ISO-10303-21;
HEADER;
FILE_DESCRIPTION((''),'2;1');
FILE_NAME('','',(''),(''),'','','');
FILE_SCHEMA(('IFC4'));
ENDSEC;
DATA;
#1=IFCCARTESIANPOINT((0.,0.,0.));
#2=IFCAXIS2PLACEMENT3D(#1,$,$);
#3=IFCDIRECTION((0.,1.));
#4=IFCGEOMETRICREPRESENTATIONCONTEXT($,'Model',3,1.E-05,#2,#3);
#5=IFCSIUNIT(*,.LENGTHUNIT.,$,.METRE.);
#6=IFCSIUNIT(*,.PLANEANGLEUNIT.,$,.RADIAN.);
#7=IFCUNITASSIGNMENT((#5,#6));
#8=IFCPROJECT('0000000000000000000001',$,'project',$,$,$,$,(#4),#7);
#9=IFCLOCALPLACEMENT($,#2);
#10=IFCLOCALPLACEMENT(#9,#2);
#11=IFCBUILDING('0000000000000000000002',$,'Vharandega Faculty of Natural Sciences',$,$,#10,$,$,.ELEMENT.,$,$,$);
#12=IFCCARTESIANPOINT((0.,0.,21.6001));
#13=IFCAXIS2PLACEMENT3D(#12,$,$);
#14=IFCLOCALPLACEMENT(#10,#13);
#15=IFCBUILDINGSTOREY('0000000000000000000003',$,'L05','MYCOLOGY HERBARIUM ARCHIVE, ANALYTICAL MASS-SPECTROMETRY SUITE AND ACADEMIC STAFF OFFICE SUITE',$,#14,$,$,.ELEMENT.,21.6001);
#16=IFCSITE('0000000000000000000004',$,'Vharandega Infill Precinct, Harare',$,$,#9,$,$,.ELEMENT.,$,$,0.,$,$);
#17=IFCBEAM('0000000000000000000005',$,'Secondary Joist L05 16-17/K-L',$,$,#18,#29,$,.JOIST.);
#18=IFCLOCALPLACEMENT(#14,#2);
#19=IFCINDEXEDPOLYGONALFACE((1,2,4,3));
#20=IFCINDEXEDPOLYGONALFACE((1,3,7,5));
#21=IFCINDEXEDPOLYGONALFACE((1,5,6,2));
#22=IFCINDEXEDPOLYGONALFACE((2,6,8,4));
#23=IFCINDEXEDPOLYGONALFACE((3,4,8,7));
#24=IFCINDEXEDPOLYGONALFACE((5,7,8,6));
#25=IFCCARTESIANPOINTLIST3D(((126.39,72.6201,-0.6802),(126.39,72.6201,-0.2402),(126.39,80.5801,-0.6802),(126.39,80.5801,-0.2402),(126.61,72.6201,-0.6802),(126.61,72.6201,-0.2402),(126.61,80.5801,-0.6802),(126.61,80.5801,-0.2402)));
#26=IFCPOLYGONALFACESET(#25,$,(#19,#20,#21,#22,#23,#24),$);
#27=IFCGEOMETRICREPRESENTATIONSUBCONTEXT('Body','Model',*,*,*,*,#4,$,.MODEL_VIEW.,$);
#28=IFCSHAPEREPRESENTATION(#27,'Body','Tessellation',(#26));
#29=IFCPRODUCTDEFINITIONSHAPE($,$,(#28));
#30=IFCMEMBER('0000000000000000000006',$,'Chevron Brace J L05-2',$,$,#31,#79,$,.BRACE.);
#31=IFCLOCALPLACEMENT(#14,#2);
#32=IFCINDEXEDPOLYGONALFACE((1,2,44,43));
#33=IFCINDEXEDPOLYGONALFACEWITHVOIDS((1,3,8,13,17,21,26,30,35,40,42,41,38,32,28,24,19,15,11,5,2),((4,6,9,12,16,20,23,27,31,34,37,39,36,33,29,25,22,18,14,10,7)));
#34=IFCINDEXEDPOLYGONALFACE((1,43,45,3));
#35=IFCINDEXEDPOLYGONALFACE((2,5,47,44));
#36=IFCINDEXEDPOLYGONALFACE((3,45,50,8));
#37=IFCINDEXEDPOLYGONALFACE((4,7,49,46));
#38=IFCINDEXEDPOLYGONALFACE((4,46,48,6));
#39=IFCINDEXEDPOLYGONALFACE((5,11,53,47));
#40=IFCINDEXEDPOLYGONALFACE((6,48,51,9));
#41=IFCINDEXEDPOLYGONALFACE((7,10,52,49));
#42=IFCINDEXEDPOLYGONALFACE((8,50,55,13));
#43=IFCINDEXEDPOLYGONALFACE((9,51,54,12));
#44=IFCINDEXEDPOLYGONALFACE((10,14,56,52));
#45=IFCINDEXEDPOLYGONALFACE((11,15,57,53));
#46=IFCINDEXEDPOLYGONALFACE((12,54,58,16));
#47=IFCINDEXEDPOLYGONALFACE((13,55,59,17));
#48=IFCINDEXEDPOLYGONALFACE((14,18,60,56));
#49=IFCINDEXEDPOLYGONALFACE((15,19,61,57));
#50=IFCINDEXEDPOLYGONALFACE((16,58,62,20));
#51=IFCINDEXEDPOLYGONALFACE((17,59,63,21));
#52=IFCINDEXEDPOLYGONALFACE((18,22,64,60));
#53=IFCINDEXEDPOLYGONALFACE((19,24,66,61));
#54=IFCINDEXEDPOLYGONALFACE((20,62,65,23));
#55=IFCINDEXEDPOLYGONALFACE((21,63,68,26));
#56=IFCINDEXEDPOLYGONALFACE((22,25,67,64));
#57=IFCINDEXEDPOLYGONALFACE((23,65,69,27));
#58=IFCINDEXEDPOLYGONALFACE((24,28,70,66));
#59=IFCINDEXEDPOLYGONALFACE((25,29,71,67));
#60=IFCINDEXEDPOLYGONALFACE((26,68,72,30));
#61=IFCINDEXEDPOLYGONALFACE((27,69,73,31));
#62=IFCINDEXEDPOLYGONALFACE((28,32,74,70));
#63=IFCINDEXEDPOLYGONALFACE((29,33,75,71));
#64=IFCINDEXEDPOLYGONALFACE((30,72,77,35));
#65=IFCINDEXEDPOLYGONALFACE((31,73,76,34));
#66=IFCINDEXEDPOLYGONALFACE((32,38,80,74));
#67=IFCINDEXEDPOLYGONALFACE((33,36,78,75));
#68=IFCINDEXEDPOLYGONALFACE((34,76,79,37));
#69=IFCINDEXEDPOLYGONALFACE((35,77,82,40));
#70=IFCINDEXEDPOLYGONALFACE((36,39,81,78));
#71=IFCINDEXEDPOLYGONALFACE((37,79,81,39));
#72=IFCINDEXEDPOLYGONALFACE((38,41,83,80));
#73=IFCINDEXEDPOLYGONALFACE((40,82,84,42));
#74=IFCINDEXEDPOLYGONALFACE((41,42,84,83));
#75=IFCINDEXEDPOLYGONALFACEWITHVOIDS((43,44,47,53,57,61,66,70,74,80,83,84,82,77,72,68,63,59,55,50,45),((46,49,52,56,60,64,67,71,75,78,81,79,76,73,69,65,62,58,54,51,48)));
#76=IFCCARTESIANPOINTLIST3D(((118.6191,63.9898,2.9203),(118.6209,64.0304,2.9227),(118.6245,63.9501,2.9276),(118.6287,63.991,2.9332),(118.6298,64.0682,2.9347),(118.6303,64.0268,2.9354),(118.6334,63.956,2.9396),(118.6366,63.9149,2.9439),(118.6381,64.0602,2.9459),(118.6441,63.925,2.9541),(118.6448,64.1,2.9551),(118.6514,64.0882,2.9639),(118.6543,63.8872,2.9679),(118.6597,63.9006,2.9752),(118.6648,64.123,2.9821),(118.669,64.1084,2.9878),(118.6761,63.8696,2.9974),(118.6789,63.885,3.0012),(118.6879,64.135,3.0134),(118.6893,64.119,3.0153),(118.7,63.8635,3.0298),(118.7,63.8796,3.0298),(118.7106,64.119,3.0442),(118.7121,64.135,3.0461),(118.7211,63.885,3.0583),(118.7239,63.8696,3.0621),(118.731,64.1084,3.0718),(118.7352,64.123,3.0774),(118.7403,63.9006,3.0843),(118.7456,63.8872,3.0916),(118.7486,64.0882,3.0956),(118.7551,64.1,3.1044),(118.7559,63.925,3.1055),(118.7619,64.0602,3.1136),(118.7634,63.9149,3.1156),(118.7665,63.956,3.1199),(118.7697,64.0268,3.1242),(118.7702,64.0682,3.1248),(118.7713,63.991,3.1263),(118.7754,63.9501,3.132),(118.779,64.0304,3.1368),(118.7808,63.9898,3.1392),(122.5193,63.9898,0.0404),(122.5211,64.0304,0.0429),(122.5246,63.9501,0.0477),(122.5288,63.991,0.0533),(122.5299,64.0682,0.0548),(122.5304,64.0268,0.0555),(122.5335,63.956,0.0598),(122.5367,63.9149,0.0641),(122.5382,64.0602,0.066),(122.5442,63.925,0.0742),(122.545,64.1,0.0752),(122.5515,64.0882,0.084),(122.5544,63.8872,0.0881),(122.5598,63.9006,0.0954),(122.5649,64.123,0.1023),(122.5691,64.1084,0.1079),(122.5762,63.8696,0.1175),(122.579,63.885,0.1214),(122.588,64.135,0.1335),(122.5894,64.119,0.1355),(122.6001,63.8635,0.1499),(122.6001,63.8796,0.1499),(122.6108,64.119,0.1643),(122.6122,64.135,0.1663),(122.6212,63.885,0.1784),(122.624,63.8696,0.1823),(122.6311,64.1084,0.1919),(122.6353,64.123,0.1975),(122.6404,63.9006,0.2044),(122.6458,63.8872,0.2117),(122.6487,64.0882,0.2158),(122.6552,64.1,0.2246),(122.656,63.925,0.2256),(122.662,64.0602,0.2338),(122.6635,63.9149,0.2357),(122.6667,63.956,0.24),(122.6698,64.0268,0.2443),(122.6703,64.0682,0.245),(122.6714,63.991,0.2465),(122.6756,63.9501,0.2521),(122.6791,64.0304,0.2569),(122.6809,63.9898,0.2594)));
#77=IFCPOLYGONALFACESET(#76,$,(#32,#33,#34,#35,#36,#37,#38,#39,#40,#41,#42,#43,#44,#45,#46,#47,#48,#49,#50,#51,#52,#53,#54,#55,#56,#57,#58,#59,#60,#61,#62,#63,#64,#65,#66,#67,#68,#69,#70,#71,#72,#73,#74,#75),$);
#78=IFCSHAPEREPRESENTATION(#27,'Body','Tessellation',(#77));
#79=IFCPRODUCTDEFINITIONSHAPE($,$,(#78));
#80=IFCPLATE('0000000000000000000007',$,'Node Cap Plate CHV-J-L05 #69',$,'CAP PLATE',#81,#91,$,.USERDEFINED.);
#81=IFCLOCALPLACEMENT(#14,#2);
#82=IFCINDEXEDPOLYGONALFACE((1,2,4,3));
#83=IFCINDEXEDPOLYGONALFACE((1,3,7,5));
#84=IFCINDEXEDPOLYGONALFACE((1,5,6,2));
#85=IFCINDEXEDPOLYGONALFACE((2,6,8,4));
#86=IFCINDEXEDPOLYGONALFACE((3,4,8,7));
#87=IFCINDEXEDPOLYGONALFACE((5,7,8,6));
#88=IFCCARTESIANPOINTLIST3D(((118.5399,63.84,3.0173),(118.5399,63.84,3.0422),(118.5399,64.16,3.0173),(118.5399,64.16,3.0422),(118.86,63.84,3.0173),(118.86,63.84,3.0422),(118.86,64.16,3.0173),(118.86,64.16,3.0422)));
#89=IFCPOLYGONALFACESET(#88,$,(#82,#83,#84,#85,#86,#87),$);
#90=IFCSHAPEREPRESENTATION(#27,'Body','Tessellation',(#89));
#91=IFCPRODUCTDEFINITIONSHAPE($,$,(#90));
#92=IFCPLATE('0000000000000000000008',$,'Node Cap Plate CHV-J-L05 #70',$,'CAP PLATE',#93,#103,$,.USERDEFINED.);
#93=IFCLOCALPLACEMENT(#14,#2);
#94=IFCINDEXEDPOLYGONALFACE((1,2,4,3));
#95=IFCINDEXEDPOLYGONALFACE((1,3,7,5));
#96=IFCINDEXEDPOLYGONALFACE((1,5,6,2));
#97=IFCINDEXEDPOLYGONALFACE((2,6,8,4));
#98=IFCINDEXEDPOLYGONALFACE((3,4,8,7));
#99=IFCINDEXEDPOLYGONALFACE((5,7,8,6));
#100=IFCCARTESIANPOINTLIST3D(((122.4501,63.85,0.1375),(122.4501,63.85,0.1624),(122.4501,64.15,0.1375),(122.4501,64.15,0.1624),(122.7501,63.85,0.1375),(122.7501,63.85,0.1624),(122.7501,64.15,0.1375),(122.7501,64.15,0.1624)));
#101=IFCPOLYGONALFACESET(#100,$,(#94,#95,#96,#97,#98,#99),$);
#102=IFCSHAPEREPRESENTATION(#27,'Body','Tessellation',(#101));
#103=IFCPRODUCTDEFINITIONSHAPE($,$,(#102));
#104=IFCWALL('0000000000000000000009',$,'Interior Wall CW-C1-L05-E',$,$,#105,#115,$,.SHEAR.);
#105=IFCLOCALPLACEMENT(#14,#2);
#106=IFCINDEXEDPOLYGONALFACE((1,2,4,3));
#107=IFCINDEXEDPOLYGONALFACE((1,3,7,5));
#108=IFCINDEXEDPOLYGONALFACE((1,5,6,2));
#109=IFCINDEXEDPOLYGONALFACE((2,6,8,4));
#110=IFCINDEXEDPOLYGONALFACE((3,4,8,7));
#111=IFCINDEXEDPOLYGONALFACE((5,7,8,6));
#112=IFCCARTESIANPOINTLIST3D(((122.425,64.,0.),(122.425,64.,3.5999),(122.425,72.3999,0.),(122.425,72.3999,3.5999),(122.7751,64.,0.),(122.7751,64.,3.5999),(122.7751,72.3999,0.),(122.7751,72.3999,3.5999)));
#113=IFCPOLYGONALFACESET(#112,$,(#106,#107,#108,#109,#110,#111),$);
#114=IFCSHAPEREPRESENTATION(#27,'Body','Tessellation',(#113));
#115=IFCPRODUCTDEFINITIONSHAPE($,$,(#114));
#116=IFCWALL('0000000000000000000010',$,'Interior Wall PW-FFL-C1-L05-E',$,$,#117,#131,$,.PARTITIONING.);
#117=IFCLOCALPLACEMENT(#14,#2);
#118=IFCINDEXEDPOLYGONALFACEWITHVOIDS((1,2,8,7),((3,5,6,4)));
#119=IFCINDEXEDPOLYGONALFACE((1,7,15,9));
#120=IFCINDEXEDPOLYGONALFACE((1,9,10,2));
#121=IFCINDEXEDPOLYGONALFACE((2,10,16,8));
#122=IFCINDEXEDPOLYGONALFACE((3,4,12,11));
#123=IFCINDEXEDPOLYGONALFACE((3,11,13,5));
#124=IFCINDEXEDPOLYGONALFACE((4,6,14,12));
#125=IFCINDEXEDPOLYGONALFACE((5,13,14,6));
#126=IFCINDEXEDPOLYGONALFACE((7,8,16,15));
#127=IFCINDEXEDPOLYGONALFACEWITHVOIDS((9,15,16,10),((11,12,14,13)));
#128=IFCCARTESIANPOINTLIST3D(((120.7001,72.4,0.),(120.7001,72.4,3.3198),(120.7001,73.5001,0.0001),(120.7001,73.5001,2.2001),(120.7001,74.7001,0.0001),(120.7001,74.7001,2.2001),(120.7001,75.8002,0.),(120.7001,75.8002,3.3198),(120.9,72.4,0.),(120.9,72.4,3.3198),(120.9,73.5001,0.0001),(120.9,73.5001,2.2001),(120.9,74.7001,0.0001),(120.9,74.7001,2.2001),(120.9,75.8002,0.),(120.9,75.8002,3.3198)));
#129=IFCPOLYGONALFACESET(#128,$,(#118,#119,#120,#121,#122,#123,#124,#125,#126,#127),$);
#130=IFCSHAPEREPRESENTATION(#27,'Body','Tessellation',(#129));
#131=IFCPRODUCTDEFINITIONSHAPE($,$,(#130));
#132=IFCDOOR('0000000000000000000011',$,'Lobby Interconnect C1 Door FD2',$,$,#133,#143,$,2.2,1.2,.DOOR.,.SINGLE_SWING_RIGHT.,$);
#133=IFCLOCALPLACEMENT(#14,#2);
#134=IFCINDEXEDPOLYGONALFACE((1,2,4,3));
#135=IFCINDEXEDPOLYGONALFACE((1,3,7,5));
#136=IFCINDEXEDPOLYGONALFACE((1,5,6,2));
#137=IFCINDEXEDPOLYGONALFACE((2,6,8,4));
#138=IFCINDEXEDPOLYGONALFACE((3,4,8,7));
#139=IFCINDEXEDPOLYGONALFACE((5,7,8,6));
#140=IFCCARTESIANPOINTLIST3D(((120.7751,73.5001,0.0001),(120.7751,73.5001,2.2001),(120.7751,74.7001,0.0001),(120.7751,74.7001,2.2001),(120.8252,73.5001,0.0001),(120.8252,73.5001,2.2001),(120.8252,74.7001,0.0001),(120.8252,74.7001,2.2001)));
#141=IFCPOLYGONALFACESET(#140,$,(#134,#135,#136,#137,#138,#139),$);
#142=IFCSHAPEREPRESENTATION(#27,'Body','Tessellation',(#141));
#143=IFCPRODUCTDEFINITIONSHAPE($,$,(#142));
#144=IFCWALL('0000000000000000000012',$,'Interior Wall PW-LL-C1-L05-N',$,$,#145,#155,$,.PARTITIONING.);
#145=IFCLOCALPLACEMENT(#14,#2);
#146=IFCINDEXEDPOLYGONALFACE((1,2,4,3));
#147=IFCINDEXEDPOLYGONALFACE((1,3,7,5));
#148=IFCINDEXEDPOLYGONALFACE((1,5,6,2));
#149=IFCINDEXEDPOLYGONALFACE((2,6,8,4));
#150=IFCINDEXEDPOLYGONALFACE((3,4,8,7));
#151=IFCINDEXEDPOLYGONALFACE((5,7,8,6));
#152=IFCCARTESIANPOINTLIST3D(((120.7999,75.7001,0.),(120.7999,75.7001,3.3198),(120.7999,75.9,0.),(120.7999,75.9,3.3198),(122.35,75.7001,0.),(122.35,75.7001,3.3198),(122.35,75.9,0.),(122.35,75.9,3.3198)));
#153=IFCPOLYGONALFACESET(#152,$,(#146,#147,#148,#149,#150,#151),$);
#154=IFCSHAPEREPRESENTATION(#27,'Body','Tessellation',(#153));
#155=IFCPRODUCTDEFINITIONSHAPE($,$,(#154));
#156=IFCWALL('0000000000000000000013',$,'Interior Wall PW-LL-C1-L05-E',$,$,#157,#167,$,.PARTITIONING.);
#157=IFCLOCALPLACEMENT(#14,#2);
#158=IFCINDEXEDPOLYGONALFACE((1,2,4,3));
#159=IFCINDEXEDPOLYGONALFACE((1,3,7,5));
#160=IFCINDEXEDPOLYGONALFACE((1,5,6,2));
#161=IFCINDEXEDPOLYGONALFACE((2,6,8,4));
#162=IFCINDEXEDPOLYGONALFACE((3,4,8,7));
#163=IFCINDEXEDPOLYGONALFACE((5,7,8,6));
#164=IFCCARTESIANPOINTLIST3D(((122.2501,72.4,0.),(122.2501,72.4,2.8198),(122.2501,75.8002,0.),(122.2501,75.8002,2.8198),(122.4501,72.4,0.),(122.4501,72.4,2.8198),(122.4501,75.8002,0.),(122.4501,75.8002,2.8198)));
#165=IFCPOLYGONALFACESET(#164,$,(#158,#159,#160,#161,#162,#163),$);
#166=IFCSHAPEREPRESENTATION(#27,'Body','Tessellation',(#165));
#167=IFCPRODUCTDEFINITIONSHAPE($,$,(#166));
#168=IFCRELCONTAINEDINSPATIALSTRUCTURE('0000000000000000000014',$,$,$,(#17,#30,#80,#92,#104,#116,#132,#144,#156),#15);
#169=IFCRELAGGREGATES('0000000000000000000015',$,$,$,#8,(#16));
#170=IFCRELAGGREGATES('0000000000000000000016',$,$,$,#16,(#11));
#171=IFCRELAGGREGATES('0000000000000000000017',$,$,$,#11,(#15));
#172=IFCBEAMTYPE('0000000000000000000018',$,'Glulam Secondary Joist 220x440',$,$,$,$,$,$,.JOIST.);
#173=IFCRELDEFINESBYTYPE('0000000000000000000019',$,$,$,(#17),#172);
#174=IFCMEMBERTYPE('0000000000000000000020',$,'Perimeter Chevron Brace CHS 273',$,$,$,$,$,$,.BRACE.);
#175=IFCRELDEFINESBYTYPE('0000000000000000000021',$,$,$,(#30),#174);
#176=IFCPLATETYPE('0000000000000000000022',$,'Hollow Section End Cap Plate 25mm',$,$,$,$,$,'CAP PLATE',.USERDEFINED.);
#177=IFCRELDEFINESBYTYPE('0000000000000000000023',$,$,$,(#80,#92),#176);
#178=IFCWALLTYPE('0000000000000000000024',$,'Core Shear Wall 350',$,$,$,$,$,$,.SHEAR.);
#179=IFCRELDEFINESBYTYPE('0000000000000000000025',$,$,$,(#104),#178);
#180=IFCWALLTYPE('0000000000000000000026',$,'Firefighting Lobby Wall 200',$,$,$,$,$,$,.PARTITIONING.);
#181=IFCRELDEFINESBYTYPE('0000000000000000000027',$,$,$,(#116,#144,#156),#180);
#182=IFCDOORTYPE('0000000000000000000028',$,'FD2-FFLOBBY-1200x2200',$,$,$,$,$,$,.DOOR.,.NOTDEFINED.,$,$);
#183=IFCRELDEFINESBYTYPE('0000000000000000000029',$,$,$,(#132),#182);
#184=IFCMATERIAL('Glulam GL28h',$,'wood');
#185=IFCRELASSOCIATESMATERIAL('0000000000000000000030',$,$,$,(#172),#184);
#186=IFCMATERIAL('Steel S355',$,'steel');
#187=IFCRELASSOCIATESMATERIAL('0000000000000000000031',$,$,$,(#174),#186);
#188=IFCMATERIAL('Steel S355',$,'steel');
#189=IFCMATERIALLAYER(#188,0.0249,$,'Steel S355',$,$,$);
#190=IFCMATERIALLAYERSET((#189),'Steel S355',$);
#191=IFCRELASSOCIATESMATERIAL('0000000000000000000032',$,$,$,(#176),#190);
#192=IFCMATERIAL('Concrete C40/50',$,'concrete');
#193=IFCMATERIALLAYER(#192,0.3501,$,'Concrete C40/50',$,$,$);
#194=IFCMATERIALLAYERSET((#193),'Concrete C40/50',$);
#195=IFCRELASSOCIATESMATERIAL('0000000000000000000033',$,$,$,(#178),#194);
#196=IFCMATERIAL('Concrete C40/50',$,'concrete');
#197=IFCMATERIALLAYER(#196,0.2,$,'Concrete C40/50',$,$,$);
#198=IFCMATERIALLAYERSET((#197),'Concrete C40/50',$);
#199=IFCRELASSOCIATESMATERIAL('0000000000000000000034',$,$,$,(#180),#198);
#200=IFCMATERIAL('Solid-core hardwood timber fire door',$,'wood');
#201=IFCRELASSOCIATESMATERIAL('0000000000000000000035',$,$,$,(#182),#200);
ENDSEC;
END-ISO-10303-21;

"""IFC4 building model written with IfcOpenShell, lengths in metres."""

from ifc_helpers import new_model, si_unit, direction, frame, frame_2d, origin, origin_2d, place, context, subcontext, project, spatial, rectangle, hollow_circle, extrude, material, layer, layer_set, material_profile, profile_set, type_object, element, fill, save


model = new_model("IFC4")

# Units and contexts
model_context = context("Model", 3, precision=1e-05, world=origin(), true_north=direction((0.0, 1.0)))
body_context = subcontext(model_context, "Body", "Model", "MODEL_VIEW")
ifc_project = project(units=[si_unit("LENGTHUNIT", "METRE"), si_unit("PLANEANGLEUNIT", "RADIAN")], contexts=[model_context])

# Site, building, storey
site_placement = place(None, origin())
site = spatial("IfcSite", under=ifc_project, at=site_placement, Name="Vharandega Infill Precinct, Harare", CompositionType="ELEMENT", RefElevation=0.0)
building_placement = place(site_placement, origin())
building = spatial("IfcBuilding", under=site, at=building_placement, Name="Vharandega Faculty of Natural Sciences", CompositionType="ELEMENT")
storey_placement = place(building_placement, frame((0.0, 0.0, 21.6001)))
storey = spatial("IfcBuildingStorey", under=building, at=storey_placement, Name="L05", Description="MYCOLOGY HERBARIUM ARCHIVE, ANALYTICAL MASS-SPECTROMETRY SUITE AND ACADEMIC STAFF OFFICE SUITE", CompositionType="ELEMENT", Elevation=21.6001)

# Beam
ifc_material_1 = material(Name="Glulam GL28h", Category="wood")
ifc_material_profile_1 = material_profile(ifc_material_1, rectangle(XDim=0.22, YDim=0.4399, at=origin_2d()), Name="GL28h 220x440")
ifc_profile_set_1 = profile_set([ifc_material_profile_1], Name="Glulam GL28h")
beam_type_1 = type_object("IfcBeamType", Name="Glulam Secondary Joist 220x440", PredefinedType="JOIST", material=ifc_profile_set_1)
for number, where, z_axis, x_axis, name in (
    (1, (126.5, 72.6201, -0.4602), (0.0, 1.0, 0.0), (-1.0, 0.0, 0.0), "Secondary Joist L05 16-17/K-L"),
):
    element("IfcBeam", number, at=place(storey_placement, frame(where, z_axis=z_axis, x_axis=x_axis)), inside=storey, type_object=beam_type_1, Name=name, PredefinedType="JOIST", context=body_context, shape_type="SweptSolid", body=[
        extrude(rectangle(XDim=0.22, YDim=0.4399, at=origin_2d()), origin(), (0.0, 0.0, 1.0), 7.96),
    ])

# Member
ifc_material_2 = material(Name="Steel S355", Category="steel")
ifc_material_profile_2 = material_profile(ifc_material_2, hollow_circle(Radius=0.1365, WallThickness=0.0161, at=origin_2d()), Name="CHS 273x16")
ifc_profile_set_2 = profile_set([ifc_material_profile_2], Name="Steel S355")
member_type_1 = type_object("IfcMemberType", Name="Perimeter Chevron Brace CHS 273", PredefinedType="BRACE", material=ifc_profile_set_2)
member_1_placement = place(storey_placement, frame((122.6001, 64.0, 0.1499), z_axis=(-0.804455, 0.0, 0.594013), x_axis=(0.0, -1.0, 0.0)))
element("IfcMember", 2, at=member_1_placement, inside=storey, type_object=member_type_1, Name="Chevron Brace J L05-2", PredefinedType="BRACE", context=body_context, shape_type="SweptSolid", body=[
    extrude(hollow_circle(Radius=0.1365, WallThickness=0.0161, at=origin_2d()), origin(), (0.0, 0.0, 1.0), 4.8481),
])

# Plates
ifc_material_3 = material(Name="Steel S355", Category="steel")
ifc_layer_1 = layer(ifc_material_3, 0.0249, Name="Steel S355")
ifc_layer_set_1 = layer_set([ifc_layer_1], Name="Steel S355")
plate_type = type_object("IfcPlateType", Name="Hollow Section End Cap Plate 25mm", ElementType="CAP PLATE", PredefinedType="USERDEFINED", material=ifc_layer_set_1)
plate_1_placement = place(storey_placement, frame((118.7, 64.0, 3.0173), z_axis=(0.0, 0.0, 1.0), x_axis=(1.0, 0.0, 0.0)))
element("IfcPlate", 3, at=plate_1_placement, inside=storey, type_object=plate_type, Name="Node Cap Plate CHV-J-L05 #69", ObjectType="CAP PLATE", PredefinedType="USERDEFINED", context=body_context, shape_type="SweptSolid", body=[
    extrude(rectangle(XDim=0.3201, YDim=0.3201, at=origin_2d()), origin(), (0.0, 0.0, 1.0), 0.0249),
])
plate_2_placement = place(storey_placement, frame((122.6001, 64.0, 0.1375), z_axis=(0.0, 0.0, 1.0), x_axis=(1.0, 0.0, 0.0)))
element("IfcPlate", 4, at=plate_2_placement, inside=storey, type_object=plate_type, Name="Node Cap Plate CHV-J-L05 #70", ObjectType="CAP PLATE", PredefinedType="USERDEFINED", context=body_context, shape_type="SweptSolid", body=[
    extrude(rectangle(XDim=0.3, YDim=0.3, at=origin_2d()), origin(), (0.0, 0.0, 1.0), 0.0249),
])

# Wall
ifc_material_4 = material(Name="Concrete C40/50", Category="concrete")
ifc_layer_2 = layer(ifc_material_4, 0.3501, Name="Concrete C40/50")
ifc_layer_set_2 = layer_set([ifc_layer_2], Name="Concrete C40/50")
wall_type_1 = type_object("IfcWallType", Name="Core Shear Wall 350", PredefinedType="SHEAR", material=ifc_layer_set_2)
wall_1_placement = place(storey_placement, frame((122.6001, 64.0, 0.0), z_axis=(0.0, 0.0, 1.0), x_axis=(0.0, 1.0, 0.0)))
element("IfcWall", 5, at=wall_1_placement, inside=storey, type_object=wall_type_1, Name="Interior Wall CW-C1-L05-E", PredefinedType="SHEAR", context=body_context, shape_type="SweptSolid", body=[
    extrude(rectangle(XDim=8.3999, YDim=0.3501, at=frame_2d((4.2, 0.0))), origin(), (0.0, 0.0, 1.0), 3.5999),
])

# Wall, opening, door
ifc_material_5 = material(Name="Concrete C40/50", Category="concrete")
ifc_layer_3 = layer(ifc_material_5, 0.2, Name="Concrete C40/50")
ifc_layer_set_3 = layer_set([ifc_layer_3], Name="Concrete C40/50")
wall_type_2 = type_object("IfcWallType", Name="Firefighting Lobby Wall 200", PredefinedType="PARTITIONING", material=ifc_layer_set_3)
wall_2_placement = place(storey_placement, frame((120.8, 72.3999, 0.0), z_axis=(0.0, 0.0, 1.0), x_axis=(0.0, 1.0, 0.0)))
wall_2 = element("IfcWall", 6, at=wall_2_placement, inside=storey, type_object=wall_type_2, Name="Interior Wall PW-FFL-C1-L05-E", PredefinedType="PARTITIONING", context=body_context, shape_type="SweptSolid", body=[
    extrude(rectangle(XDim=3.4001, YDim=0.2, at=frame_2d((1.7002, 0.0))), origin(), (0.0, 0.0, 1.0), 3.3198),
])
opening_1_placement = place(wall_2_placement, frame((1.1001, 0.0, 0.0)))
opening_1 = element("IfcOpeningElement", 7, at=opening_1_placement, cuts=wall_2, PredefinedType="OPENING", context=body_context, shape_type="SweptSolid", body=[
    extrude(rectangle(XDim=1.2, YDim=2.2, at=frame_2d((0.6001, 1.1001))), frame((0.0, 0.1099, 0.0), z_axis=(0.0, -1.0, 0.0), x_axis=(1.0, 0.0, 0.0)), (0.0, 0.0, 1.0), 0.22),
])
ifc_material_6 = material(Name="Solid-core hardwood timber fire door", Category="wood")
door_type_1 = type_object("IfcDoorType", Name="FD2-FFLOBBY-1200x2200", OperationType="NOTDEFINED", PredefinedType="DOOR", material=ifc_material_6)
door_1_placement = place(opening_1_placement, origin())
door_1 = element("IfcDoor", 8, at=door_1_placement, inside=storey, type_object=door_type_1, Name="Lobby Interconnect C1 Door FD2", OperationType="SINGLE_SWING_RIGHT", OverallHeight=2.2, OverallWidth=1.2, PredefinedType="DOOR", context=body_context, shape_type="SweptSolid", body=[
    extrude(rectangle(XDim=1.2, YDim=2.2, at=frame_2d((0.6001, 1.1001))), frame((0.0, 0.0249, 0.0), z_axis=(0.0, -1.0, 0.0), x_axis=(1.0, 0.0, 0.0)), (0.0, 0.0, 1.0), 0.05),
])
fill(opening_1, door_1)

# Walls
wall_3_placement = place(storey_placement, frame((120.8, 75.8, 0.0), z_axis=(0.0, 0.0, 1.0), x_axis=(1.0, 0.0, 0.0)))
element("IfcWall", 9, at=wall_3_placement, inside=storey, type_object=wall_type_2, Name="Interior Wall PW-LL-C1-L05-N", PredefinedType="PARTITIONING", context=body_context, shape_type="SweptSolid", body=[
    extrude(rectangle(XDim=1.55, YDim=0.2, at=frame_2d((0.7749, 0.0))), origin(), (0.0, 0.0, 1.0), 3.3198),
])
wall_4_placement = place(storey_placement, frame((122.3501, 72.3999, 0.0), z_axis=(0.0, 0.0, 1.0), x_axis=(0.0, 1.0, 0.0)))
element("IfcWall", 10, at=wall_4_placement, inside=storey, type_object=wall_type_2, Name="Interior Wall PW-LL-C1-L05-E", PredefinedType="PARTITIONING", context=body_context, shape_type="SweptSolid", body=[
    extrude(rectangle(XDim=3.4001, YDim=0.2, at=frame_2d((1.7002, 0.0))), origin(), (0.0, 0.0, 1.0), 2.8198),
])

save(model, "model.ifc")
